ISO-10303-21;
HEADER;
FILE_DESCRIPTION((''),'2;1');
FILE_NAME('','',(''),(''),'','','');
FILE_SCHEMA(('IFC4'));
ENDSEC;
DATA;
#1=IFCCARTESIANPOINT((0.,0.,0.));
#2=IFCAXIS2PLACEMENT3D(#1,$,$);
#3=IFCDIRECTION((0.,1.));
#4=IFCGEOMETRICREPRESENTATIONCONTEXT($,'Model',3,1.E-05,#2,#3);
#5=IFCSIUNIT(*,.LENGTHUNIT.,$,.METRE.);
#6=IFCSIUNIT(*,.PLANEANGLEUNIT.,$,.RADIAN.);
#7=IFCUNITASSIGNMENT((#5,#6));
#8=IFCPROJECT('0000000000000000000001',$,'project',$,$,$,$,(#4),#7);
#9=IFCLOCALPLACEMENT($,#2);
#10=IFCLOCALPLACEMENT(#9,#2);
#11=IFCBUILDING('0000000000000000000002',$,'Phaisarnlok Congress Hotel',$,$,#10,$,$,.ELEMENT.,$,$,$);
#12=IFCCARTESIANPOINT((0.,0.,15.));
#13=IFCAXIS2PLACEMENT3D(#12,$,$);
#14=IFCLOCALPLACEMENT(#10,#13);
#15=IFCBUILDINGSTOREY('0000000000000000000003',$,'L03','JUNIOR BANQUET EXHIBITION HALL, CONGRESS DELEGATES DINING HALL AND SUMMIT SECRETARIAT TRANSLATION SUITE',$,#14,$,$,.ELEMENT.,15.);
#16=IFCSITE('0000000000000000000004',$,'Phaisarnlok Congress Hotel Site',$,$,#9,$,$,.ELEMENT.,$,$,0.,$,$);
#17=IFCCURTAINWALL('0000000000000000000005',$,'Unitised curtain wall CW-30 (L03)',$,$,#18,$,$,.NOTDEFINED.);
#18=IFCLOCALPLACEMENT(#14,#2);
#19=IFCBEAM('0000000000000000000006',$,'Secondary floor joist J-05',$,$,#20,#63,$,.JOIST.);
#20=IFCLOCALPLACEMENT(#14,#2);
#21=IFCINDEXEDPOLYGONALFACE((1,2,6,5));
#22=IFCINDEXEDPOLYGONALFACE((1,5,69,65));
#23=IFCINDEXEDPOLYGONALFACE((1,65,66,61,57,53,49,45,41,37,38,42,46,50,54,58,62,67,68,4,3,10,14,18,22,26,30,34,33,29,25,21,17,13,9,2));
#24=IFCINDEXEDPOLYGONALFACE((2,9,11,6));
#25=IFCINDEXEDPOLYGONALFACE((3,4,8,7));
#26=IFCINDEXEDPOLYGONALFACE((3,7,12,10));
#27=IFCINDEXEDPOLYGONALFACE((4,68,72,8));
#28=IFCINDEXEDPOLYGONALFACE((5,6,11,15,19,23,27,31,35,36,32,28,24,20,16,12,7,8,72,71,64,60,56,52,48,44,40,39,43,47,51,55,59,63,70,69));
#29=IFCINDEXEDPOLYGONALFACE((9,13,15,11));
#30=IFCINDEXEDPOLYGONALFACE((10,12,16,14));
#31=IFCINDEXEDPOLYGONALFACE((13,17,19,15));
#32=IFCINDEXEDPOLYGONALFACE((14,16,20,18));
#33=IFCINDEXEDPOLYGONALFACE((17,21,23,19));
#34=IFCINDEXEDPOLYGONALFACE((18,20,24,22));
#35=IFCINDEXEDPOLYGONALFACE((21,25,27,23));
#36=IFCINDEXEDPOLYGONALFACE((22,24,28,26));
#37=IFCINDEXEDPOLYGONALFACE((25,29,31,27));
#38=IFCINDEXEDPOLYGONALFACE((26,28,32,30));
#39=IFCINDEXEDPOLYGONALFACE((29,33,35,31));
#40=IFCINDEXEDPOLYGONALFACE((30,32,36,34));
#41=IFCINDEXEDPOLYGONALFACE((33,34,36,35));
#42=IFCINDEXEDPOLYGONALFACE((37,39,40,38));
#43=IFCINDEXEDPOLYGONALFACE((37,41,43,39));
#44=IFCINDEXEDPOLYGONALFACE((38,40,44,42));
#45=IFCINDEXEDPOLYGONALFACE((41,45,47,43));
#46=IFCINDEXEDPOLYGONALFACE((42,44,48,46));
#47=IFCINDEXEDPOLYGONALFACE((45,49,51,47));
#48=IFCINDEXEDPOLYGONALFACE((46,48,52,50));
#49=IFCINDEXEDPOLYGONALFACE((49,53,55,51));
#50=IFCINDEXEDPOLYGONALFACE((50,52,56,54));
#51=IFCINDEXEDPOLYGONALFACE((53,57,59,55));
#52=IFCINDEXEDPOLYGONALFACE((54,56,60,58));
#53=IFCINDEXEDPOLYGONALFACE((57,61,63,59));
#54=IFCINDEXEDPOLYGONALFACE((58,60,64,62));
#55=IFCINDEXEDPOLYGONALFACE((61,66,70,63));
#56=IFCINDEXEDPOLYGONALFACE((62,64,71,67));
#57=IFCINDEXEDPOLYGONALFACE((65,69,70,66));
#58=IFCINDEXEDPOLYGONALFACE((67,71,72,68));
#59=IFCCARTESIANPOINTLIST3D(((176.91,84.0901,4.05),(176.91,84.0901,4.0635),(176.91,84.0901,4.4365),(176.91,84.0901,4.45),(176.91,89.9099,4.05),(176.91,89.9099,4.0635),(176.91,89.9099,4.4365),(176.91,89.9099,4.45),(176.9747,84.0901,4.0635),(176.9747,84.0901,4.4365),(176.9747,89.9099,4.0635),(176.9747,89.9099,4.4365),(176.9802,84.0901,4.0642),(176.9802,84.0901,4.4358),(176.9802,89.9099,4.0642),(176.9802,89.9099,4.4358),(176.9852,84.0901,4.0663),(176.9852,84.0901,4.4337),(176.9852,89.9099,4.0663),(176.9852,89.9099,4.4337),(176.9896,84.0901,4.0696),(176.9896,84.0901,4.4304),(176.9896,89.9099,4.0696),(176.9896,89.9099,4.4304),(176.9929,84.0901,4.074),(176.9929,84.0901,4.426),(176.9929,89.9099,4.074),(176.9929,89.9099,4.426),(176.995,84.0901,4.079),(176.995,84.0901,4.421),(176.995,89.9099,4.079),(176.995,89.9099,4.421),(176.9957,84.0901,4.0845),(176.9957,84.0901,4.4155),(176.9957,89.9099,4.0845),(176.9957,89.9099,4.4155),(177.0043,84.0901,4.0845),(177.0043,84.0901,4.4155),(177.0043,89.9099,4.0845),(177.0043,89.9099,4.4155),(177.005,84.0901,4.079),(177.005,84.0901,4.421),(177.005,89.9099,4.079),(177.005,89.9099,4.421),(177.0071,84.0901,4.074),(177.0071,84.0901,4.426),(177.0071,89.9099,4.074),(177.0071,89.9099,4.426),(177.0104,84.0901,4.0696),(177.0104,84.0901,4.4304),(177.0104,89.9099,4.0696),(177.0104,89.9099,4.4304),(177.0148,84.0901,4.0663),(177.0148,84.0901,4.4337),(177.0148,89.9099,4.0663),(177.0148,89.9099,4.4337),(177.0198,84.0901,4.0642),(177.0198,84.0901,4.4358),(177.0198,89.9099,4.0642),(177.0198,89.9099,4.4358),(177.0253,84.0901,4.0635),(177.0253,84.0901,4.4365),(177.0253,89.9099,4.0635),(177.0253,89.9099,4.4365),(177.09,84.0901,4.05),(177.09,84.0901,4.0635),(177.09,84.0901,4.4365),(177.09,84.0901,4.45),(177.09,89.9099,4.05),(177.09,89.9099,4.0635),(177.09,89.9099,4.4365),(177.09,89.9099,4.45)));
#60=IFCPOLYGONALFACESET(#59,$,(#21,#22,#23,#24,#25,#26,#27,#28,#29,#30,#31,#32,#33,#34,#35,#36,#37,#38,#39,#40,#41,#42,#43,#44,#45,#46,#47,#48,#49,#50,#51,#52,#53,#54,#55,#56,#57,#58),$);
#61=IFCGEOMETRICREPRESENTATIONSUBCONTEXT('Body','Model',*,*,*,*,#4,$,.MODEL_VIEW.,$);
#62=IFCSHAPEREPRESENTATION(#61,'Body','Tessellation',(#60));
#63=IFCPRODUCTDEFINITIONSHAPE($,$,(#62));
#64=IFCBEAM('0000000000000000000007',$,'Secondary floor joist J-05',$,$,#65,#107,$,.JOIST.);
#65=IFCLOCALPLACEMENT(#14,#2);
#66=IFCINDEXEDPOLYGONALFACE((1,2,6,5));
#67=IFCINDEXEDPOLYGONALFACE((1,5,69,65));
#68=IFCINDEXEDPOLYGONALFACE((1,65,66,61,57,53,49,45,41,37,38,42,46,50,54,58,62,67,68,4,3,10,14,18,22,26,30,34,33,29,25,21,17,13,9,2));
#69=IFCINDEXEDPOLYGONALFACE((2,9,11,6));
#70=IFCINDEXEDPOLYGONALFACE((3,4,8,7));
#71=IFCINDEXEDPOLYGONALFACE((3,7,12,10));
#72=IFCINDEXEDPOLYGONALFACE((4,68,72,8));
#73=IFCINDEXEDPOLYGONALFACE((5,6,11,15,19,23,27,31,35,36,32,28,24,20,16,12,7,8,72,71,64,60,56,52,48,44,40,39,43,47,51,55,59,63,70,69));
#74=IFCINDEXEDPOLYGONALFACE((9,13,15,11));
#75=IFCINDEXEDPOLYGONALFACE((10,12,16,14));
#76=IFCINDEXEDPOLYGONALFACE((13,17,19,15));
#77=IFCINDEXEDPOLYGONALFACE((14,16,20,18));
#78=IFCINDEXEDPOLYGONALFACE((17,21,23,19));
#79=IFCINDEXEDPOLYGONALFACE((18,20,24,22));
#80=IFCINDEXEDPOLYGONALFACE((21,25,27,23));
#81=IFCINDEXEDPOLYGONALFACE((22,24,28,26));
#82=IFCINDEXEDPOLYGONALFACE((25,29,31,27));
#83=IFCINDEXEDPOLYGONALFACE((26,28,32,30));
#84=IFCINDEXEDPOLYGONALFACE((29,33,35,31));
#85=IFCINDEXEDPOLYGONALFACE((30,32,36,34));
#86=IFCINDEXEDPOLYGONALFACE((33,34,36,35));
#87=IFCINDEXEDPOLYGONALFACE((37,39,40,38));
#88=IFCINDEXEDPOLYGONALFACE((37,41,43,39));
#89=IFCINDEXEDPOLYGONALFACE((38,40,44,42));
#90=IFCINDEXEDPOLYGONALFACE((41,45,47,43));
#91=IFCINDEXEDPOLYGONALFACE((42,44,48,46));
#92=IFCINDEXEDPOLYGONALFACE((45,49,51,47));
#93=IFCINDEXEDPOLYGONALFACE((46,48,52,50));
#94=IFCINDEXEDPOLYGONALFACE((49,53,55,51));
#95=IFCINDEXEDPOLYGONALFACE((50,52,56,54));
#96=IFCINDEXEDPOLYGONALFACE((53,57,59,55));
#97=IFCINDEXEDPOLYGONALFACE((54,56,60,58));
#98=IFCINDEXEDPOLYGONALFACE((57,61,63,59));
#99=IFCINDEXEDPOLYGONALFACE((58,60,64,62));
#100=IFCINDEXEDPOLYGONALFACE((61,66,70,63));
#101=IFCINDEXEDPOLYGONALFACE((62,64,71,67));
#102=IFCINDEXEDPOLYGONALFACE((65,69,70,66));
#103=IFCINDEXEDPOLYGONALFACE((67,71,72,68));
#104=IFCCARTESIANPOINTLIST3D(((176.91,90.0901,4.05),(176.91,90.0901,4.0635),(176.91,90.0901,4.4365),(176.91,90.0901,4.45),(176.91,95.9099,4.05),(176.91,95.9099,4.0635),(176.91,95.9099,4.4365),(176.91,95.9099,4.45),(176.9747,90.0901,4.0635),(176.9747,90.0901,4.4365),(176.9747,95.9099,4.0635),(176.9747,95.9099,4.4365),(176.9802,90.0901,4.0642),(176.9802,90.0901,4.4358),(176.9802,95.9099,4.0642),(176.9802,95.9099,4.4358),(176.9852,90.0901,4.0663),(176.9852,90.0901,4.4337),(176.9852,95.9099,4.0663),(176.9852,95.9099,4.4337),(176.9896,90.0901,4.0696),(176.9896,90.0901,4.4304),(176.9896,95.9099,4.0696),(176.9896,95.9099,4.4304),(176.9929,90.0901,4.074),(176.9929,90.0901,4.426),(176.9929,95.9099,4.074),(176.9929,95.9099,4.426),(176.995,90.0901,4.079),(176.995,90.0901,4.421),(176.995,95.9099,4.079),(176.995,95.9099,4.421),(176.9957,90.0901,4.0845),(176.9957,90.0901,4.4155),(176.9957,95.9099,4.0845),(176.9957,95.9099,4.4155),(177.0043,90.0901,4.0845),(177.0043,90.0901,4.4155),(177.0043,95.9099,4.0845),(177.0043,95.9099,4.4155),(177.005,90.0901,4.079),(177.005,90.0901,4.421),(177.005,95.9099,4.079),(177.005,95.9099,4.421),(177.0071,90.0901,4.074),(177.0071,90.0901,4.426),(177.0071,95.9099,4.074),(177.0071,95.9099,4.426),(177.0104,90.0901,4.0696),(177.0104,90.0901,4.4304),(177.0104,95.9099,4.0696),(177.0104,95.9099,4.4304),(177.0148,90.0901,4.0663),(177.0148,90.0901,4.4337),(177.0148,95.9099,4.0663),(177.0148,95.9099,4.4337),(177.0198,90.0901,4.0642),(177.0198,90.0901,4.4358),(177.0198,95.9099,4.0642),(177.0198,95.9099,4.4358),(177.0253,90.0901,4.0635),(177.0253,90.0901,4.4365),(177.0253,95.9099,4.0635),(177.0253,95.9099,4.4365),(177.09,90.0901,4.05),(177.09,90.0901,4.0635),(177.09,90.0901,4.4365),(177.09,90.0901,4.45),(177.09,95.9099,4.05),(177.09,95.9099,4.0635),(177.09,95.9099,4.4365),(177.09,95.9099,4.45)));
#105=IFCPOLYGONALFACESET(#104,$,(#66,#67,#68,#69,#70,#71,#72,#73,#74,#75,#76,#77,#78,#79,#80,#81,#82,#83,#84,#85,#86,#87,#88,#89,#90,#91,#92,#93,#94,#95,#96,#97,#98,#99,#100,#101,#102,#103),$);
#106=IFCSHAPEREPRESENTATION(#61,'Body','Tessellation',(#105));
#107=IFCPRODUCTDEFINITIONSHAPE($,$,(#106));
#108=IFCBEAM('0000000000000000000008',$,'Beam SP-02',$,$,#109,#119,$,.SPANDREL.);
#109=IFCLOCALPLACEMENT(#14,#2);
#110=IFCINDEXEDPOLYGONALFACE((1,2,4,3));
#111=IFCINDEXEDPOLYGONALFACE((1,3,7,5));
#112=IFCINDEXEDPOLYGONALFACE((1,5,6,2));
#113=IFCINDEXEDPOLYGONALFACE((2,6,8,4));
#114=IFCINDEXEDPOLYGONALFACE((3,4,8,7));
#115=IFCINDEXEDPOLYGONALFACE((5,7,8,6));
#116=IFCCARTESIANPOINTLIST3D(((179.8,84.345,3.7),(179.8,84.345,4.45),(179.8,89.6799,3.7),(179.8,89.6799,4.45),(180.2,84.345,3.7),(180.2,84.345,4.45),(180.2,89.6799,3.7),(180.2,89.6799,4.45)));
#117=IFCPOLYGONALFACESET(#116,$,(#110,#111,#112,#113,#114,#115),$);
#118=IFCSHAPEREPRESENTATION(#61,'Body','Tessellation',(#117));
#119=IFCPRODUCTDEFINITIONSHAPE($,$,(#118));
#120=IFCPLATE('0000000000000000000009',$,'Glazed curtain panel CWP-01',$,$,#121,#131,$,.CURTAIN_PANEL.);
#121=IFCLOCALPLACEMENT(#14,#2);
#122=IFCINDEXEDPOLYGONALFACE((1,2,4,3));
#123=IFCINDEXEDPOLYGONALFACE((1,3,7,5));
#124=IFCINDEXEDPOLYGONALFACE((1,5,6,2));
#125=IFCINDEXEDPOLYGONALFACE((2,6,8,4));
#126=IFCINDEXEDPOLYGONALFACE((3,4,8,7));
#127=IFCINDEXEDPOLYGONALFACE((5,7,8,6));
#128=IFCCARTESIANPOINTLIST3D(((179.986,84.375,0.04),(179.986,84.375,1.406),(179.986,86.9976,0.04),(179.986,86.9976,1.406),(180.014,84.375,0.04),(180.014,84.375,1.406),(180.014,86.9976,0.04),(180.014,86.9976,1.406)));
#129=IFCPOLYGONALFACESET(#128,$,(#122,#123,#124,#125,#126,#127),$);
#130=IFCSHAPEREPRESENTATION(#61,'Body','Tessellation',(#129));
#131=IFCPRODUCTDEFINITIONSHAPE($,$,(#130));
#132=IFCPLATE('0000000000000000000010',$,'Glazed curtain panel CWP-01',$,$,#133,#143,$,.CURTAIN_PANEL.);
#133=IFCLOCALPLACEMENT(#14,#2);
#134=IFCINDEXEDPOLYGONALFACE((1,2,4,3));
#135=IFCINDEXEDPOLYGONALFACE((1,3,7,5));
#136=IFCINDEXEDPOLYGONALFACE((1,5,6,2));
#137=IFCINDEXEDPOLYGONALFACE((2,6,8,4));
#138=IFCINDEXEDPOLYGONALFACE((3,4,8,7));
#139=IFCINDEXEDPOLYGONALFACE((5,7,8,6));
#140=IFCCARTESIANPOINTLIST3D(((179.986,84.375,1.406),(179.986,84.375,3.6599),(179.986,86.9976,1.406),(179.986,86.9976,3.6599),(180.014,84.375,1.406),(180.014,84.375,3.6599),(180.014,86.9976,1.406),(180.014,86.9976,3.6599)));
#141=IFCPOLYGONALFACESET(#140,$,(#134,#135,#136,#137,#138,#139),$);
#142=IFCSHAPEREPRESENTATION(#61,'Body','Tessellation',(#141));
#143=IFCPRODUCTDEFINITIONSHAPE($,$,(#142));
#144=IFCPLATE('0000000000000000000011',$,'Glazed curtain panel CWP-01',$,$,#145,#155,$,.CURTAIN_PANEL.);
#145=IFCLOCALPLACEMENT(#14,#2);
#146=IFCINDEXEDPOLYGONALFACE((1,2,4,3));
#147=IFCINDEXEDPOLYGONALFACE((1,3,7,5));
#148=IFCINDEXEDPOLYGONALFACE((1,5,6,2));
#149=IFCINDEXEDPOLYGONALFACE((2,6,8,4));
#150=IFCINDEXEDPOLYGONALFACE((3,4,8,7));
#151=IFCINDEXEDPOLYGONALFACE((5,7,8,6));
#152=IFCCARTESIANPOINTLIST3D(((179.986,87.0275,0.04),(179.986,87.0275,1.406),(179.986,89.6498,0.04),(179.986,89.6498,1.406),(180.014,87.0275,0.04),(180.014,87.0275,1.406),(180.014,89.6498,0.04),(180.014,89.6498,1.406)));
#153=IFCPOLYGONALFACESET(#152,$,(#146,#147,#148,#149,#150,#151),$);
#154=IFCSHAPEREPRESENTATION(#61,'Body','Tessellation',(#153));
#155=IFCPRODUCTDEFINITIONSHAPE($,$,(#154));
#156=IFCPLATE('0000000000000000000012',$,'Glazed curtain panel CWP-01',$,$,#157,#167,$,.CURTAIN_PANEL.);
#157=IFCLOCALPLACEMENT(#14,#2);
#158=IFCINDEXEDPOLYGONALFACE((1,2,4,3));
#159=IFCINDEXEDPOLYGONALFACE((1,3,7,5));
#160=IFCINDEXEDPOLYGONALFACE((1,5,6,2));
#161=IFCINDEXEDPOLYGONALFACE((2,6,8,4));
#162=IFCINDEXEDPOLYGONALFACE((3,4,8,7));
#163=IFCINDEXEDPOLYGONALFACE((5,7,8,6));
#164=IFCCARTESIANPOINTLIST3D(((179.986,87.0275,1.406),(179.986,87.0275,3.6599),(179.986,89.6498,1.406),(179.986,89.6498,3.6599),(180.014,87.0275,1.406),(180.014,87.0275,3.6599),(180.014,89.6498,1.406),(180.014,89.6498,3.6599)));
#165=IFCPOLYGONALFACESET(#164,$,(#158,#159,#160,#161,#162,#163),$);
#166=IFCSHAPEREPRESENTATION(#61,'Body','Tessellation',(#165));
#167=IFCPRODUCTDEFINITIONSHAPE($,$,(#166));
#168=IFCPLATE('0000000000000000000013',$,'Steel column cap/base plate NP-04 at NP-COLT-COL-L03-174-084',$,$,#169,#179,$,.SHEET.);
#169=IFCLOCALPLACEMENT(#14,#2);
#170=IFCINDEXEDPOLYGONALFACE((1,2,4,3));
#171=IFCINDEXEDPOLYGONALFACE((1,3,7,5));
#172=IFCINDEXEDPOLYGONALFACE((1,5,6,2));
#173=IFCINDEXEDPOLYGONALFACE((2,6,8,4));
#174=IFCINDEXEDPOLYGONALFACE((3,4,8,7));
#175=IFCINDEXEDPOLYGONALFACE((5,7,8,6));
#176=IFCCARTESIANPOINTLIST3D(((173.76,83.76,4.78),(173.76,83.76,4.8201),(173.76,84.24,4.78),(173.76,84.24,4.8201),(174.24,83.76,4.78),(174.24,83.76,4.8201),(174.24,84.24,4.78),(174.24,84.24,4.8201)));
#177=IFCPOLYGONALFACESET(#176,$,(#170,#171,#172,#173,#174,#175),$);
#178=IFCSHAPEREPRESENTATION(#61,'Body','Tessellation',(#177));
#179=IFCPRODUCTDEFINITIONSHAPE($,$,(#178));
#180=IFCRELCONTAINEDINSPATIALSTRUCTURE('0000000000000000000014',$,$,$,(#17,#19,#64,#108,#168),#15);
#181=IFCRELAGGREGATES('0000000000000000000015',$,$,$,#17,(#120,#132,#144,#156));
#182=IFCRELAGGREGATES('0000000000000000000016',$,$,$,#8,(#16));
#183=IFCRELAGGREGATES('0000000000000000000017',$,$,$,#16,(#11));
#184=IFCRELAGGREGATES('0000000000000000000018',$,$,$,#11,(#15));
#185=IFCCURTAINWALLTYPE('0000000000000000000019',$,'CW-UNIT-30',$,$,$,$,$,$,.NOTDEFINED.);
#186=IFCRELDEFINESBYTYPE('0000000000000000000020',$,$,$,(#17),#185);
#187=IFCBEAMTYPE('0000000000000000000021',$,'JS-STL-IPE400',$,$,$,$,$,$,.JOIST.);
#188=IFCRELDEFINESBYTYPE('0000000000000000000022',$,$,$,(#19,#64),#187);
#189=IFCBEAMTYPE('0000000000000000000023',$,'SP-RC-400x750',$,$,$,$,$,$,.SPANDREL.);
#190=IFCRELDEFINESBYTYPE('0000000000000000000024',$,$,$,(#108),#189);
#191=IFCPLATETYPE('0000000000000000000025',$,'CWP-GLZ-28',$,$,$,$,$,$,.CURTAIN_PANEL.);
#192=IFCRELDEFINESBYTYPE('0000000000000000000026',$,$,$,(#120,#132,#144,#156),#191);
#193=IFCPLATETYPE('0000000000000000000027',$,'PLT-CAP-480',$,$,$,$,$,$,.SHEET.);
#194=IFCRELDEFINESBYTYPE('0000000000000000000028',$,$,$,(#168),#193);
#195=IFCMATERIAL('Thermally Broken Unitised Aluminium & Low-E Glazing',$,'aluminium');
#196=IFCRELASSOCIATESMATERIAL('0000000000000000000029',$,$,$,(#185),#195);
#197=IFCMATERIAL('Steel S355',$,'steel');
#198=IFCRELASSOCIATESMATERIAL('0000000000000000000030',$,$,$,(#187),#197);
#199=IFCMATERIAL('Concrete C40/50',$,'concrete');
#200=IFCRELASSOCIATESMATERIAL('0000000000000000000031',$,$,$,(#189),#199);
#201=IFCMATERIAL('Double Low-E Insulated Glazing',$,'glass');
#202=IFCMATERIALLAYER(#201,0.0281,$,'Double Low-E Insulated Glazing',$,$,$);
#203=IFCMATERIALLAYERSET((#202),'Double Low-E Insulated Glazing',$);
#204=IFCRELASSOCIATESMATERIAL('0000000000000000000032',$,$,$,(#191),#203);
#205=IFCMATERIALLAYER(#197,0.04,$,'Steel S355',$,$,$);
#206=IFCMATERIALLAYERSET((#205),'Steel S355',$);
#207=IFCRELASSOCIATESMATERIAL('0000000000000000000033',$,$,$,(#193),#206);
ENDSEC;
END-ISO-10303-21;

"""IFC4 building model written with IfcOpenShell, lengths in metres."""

from ifc_helpers import new_model, si_unit, direction, frame, frame_2d, origin, origin_2d, place, context, subcontext, project, spatial, rectangle, i_section, extrude, material, layer, layer_set, material_profile, profile_set, type_object, element, aggregate, save


model = new_model("IFC4")

# Units and contexts
model_context = context("Model", 3, precision=1e-05, world=origin(), true_north=direction((0.0, 1.0)))
body_context = subcontext(model_context, "Body", "Model", "MODEL_VIEW")
ifc_project = project(units=[si_unit("LENGTHUNIT", "METRE"), si_unit("PLANEANGLEUNIT", "RADIAN")], contexts=[model_context])

# Site, building, storey
site_placement = place(None, origin())
site = spatial("IfcSite", under=ifc_project, at=site_placement, Name="Phaisarnlok Congress Hotel Site", CompositionType="ELEMENT", RefElevation=0.0)
building_placement = place(site_placement, origin())
building = spatial("IfcBuilding", under=site, at=building_placement, Name="Phaisarnlok Congress Hotel", CompositionType="ELEMENT")
storey_placement = place(building_placement, frame((0.0, 0.0, 15.0)))
storey = spatial("IfcBuildingStorey", under=building, at=storey_placement, Name="L03", Description="JUNIOR BANQUET EXHIBITION HALL, CONGRESS DELEGATES DINING HALL AND SUMMIT SECRETARIAT TRANSLATION SUITE", CompositionType="ELEMENT", Elevation=15.0)

# Shared definitions
ifc_material_1 = material(Name="Steel S355", Category="steel")

# Shared definitions
ifc_material_2 = material(Name="Concrete C40/50", Category="concrete")

# Curtain wall
ifc_material_3 = material(Name="Thermally Broken Unitised Aluminium & Low-E Glazing", Category="aluminium")
curtain_wall_type = type_object("IfcCurtainWallType", Name="CW-UNIT-30", PredefinedType="NOTDEFINED", material=ifc_material_3)
curtain_wall_placement = place(storey_placement, origin())
curtain_wall = element("IfcCurtainWall", 1, at=curtain_wall_placement, inside=storey, type_object=curtain_wall_type, Name="Unitised curtain wall CW-30 (L03)", PredefinedType="NOTDEFINED")

# Beams
ifc_material_profile_1 = material_profile(ifc_material_1, i_section(OverallWidth=0.1799, OverallDepth=0.3999, WebThickness=0.0085, FlangeThickness=0.0134, FilletRadius=0.021, at=origin_2d()), Name="IPE 400")
ifc_profile_set_1 = profile_set([ifc_material_profile_1], Name="Steel S355")
beam_type_1 = type_object("IfcBeamType", Name="JS-STL-IPE400", PredefinedType="JOIST", material=ifc_profile_set_1)
for number, where, z_axis, x_axis, name in (
    (2, (177.0, 84.0901, 4.25), (0.0, 1.0, 0.0), (-1.0, 0.0, 0.0), "Secondary floor joist J-05"),
    (3, (177.0, 90.0901, 4.25), (0.0, 1.0, 0.0), (-1.0, 0.0, 0.0), "Secondary floor joist J-05"),
):
    element("IfcBeam", number, at=place(storey_placement, frame(where, z_axis=z_axis, x_axis=x_axis)), inside=storey, type_object=beam_type_1, Name=name, PredefinedType="JOIST", context=body_context, shape_type="SweptSolid", body=[
        extrude(i_section(OverallWidth=0.1799, OverallDepth=0.3999, WebThickness=0.0085, FlangeThickness=0.0134, FilletRadius=0.021, at=origin_2d()), origin(), (0.0, 0.0, 1.0), 5.8198),
    ])
ifc_material_profile_2 = material_profile(ifc_material_2, rectangle(XDim=0.3999, YDim=0.75, at=origin_2d()), Name="RC 400x750")
ifc_profile_set_2 = profile_set([ifc_material_profile_2], Name="Concrete C40/50")
beam_type_2 = type_object("IfcBeamType", Name="SP-RC-400x750", PredefinedType="SPANDREL", material=ifc_profile_set_2)
beam_1_placement = place(storey_placement, frame((180.0, 84.345, 4.075), z_axis=(0.0, 1.0, 0.0), x_axis=(-1.0, 0.0, 0.0)))
element("IfcBeam", 4, at=beam_1_placement, inside=storey, type_object=beam_type_2, Name="Beam SP-02", PredefinedType="SPANDREL", context=body_context, shape_type="SweptSolid", body=[
    extrude(rectangle(XDim=0.3999, YDim=0.75, at=origin_2d()), origin(), (0.0, 0.0, 1.0), 5.335),
])

# Plates
ifc_material_4 = material(Name="Double Low-E Insulated Glazing", Category="glass")
ifc_layer_1 = layer(ifc_material_4, 0.0281, Name="Double Low-E Insulated Glazing")
ifc_layer_set_1 = layer_set([ifc_layer_1], Name="Double Low-E Insulated Glazing")
plate_type_1 = type_object("IfcPlateType", Name="CWP-GLZ-28", PredefinedType="CURTAIN_PANEL", material=ifc_layer_set_1)
plate_1_placement = place(storey_placement, frame((180.0, 84.375, 0.04), z_axis=(0.0, 0.0, 1.0), x_axis=(0.0, 1.0, 0.0)))
plate_1 = element("IfcPlate", 5, at=plate_1_placement, type_object=plate_type_1, Name="Glazed curtain panel CWP-01", PredefinedType="CURTAIN_PANEL", context=body_context, shape_type="SweptSolid", body=[
    extrude(rectangle(XDim=2.6226, YDim=0.0281, at=frame_2d((1.3113, 0.0))), origin(), (0.0, 0.0, 1.0), 1.366),
])
plate_2_placement = place(storey_placement, frame((180.0, 84.375, 1.406), z_axis=(0.0, 0.0, 1.0), x_axis=(0.0, 1.0, 0.0)))
plate_2 = element("IfcPlate", 6, at=plate_2_placement, type_object=plate_type_1, Name="Glazed curtain panel CWP-01", PredefinedType="CURTAIN_PANEL", context=body_context, shape_type="SweptSolid", body=[
    extrude(rectangle(XDim=2.6226, YDim=0.0281, at=frame_2d((1.3113, 0.0))), origin(), (0.0, 0.0, 1.0), 2.2539),
])
plate_3_placement = place(storey_placement, frame((180.0, 87.0276, 0.04), z_axis=(0.0, 0.0, 1.0), x_axis=(0.0, 1.0, 0.0)))
plate_3 = element("IfcPlate", 7, at=plate_3_placement, type_object=plate_type_1, Name="Glazed curtain panel CWP-01", PredefinedType="CURTAIN_PANEL", context=body_context, shape_type="SweptSolid", body=[
    extrude(rectangle(XDim=2.6223, YDim=0.0281, at=frame_2d((1.311, 0.0))), origin(), (0.0, 0.0, 1.0), 1.366),
])
plate_4_placement = place(storey_placement, frame((180.0, 87.0276, 1.406), z_axis=(0.0, 0.0, 1.0), x_axis=(0.0, 1.0, 0.0)))
plate_4 = element("IfcPlate", 8, at=plate_4_placement, type_object=plate_type_1, Name="Glazed curtain panel CWP-01", PredefinedType="CURTAIN_PANEL", context=body_context, shape_type="SweptSolid", body=[
    extrude(rectangle(XDim=2.6223, YDim=0.0281, at=frame_2d((1.311, 0.0))), origin(), (0.0, 0.0, 1.0), 2.2539),
])
aggregate(curtain_wall, [plate_1, plate_2, plate_3, plate_4])
ifc_layer_2 = layer(ifc_material_1, 0.04, Name="Steel S355")
ifc_layer_set_2 = layer_set([ifc_layer_2], Name="Steel S355")
plate_type_2 = type_object("IfcPlateType", Name="PLT-CAP-480", PredefinedType="SHEET", material=ifc_layer_set_2)
plate_5_placement = place(storey_placement, frame((174.0, 84.0, 4.78), z_axis=(0.0, 0.0, 1.0), x_axis=(1.0, 0.0, 0.0)))
element("IfcPlate", 9, at=plate_5_placement, inside=storey, type_object=plate_type_2, Name="Steel column cap/base plate NP-04 at NP-COLT-COL-L03-174-084", PredefinedType="SHEET", context=body_context, shape_type="SweptSolid", body=[
    extrude(rectangle(XDim=0.48, YDim=0.48, at=origin_2d()), origin(), (0.0, 0.0, 1.0), 0.04),
])

save(model, "model.ifc")
